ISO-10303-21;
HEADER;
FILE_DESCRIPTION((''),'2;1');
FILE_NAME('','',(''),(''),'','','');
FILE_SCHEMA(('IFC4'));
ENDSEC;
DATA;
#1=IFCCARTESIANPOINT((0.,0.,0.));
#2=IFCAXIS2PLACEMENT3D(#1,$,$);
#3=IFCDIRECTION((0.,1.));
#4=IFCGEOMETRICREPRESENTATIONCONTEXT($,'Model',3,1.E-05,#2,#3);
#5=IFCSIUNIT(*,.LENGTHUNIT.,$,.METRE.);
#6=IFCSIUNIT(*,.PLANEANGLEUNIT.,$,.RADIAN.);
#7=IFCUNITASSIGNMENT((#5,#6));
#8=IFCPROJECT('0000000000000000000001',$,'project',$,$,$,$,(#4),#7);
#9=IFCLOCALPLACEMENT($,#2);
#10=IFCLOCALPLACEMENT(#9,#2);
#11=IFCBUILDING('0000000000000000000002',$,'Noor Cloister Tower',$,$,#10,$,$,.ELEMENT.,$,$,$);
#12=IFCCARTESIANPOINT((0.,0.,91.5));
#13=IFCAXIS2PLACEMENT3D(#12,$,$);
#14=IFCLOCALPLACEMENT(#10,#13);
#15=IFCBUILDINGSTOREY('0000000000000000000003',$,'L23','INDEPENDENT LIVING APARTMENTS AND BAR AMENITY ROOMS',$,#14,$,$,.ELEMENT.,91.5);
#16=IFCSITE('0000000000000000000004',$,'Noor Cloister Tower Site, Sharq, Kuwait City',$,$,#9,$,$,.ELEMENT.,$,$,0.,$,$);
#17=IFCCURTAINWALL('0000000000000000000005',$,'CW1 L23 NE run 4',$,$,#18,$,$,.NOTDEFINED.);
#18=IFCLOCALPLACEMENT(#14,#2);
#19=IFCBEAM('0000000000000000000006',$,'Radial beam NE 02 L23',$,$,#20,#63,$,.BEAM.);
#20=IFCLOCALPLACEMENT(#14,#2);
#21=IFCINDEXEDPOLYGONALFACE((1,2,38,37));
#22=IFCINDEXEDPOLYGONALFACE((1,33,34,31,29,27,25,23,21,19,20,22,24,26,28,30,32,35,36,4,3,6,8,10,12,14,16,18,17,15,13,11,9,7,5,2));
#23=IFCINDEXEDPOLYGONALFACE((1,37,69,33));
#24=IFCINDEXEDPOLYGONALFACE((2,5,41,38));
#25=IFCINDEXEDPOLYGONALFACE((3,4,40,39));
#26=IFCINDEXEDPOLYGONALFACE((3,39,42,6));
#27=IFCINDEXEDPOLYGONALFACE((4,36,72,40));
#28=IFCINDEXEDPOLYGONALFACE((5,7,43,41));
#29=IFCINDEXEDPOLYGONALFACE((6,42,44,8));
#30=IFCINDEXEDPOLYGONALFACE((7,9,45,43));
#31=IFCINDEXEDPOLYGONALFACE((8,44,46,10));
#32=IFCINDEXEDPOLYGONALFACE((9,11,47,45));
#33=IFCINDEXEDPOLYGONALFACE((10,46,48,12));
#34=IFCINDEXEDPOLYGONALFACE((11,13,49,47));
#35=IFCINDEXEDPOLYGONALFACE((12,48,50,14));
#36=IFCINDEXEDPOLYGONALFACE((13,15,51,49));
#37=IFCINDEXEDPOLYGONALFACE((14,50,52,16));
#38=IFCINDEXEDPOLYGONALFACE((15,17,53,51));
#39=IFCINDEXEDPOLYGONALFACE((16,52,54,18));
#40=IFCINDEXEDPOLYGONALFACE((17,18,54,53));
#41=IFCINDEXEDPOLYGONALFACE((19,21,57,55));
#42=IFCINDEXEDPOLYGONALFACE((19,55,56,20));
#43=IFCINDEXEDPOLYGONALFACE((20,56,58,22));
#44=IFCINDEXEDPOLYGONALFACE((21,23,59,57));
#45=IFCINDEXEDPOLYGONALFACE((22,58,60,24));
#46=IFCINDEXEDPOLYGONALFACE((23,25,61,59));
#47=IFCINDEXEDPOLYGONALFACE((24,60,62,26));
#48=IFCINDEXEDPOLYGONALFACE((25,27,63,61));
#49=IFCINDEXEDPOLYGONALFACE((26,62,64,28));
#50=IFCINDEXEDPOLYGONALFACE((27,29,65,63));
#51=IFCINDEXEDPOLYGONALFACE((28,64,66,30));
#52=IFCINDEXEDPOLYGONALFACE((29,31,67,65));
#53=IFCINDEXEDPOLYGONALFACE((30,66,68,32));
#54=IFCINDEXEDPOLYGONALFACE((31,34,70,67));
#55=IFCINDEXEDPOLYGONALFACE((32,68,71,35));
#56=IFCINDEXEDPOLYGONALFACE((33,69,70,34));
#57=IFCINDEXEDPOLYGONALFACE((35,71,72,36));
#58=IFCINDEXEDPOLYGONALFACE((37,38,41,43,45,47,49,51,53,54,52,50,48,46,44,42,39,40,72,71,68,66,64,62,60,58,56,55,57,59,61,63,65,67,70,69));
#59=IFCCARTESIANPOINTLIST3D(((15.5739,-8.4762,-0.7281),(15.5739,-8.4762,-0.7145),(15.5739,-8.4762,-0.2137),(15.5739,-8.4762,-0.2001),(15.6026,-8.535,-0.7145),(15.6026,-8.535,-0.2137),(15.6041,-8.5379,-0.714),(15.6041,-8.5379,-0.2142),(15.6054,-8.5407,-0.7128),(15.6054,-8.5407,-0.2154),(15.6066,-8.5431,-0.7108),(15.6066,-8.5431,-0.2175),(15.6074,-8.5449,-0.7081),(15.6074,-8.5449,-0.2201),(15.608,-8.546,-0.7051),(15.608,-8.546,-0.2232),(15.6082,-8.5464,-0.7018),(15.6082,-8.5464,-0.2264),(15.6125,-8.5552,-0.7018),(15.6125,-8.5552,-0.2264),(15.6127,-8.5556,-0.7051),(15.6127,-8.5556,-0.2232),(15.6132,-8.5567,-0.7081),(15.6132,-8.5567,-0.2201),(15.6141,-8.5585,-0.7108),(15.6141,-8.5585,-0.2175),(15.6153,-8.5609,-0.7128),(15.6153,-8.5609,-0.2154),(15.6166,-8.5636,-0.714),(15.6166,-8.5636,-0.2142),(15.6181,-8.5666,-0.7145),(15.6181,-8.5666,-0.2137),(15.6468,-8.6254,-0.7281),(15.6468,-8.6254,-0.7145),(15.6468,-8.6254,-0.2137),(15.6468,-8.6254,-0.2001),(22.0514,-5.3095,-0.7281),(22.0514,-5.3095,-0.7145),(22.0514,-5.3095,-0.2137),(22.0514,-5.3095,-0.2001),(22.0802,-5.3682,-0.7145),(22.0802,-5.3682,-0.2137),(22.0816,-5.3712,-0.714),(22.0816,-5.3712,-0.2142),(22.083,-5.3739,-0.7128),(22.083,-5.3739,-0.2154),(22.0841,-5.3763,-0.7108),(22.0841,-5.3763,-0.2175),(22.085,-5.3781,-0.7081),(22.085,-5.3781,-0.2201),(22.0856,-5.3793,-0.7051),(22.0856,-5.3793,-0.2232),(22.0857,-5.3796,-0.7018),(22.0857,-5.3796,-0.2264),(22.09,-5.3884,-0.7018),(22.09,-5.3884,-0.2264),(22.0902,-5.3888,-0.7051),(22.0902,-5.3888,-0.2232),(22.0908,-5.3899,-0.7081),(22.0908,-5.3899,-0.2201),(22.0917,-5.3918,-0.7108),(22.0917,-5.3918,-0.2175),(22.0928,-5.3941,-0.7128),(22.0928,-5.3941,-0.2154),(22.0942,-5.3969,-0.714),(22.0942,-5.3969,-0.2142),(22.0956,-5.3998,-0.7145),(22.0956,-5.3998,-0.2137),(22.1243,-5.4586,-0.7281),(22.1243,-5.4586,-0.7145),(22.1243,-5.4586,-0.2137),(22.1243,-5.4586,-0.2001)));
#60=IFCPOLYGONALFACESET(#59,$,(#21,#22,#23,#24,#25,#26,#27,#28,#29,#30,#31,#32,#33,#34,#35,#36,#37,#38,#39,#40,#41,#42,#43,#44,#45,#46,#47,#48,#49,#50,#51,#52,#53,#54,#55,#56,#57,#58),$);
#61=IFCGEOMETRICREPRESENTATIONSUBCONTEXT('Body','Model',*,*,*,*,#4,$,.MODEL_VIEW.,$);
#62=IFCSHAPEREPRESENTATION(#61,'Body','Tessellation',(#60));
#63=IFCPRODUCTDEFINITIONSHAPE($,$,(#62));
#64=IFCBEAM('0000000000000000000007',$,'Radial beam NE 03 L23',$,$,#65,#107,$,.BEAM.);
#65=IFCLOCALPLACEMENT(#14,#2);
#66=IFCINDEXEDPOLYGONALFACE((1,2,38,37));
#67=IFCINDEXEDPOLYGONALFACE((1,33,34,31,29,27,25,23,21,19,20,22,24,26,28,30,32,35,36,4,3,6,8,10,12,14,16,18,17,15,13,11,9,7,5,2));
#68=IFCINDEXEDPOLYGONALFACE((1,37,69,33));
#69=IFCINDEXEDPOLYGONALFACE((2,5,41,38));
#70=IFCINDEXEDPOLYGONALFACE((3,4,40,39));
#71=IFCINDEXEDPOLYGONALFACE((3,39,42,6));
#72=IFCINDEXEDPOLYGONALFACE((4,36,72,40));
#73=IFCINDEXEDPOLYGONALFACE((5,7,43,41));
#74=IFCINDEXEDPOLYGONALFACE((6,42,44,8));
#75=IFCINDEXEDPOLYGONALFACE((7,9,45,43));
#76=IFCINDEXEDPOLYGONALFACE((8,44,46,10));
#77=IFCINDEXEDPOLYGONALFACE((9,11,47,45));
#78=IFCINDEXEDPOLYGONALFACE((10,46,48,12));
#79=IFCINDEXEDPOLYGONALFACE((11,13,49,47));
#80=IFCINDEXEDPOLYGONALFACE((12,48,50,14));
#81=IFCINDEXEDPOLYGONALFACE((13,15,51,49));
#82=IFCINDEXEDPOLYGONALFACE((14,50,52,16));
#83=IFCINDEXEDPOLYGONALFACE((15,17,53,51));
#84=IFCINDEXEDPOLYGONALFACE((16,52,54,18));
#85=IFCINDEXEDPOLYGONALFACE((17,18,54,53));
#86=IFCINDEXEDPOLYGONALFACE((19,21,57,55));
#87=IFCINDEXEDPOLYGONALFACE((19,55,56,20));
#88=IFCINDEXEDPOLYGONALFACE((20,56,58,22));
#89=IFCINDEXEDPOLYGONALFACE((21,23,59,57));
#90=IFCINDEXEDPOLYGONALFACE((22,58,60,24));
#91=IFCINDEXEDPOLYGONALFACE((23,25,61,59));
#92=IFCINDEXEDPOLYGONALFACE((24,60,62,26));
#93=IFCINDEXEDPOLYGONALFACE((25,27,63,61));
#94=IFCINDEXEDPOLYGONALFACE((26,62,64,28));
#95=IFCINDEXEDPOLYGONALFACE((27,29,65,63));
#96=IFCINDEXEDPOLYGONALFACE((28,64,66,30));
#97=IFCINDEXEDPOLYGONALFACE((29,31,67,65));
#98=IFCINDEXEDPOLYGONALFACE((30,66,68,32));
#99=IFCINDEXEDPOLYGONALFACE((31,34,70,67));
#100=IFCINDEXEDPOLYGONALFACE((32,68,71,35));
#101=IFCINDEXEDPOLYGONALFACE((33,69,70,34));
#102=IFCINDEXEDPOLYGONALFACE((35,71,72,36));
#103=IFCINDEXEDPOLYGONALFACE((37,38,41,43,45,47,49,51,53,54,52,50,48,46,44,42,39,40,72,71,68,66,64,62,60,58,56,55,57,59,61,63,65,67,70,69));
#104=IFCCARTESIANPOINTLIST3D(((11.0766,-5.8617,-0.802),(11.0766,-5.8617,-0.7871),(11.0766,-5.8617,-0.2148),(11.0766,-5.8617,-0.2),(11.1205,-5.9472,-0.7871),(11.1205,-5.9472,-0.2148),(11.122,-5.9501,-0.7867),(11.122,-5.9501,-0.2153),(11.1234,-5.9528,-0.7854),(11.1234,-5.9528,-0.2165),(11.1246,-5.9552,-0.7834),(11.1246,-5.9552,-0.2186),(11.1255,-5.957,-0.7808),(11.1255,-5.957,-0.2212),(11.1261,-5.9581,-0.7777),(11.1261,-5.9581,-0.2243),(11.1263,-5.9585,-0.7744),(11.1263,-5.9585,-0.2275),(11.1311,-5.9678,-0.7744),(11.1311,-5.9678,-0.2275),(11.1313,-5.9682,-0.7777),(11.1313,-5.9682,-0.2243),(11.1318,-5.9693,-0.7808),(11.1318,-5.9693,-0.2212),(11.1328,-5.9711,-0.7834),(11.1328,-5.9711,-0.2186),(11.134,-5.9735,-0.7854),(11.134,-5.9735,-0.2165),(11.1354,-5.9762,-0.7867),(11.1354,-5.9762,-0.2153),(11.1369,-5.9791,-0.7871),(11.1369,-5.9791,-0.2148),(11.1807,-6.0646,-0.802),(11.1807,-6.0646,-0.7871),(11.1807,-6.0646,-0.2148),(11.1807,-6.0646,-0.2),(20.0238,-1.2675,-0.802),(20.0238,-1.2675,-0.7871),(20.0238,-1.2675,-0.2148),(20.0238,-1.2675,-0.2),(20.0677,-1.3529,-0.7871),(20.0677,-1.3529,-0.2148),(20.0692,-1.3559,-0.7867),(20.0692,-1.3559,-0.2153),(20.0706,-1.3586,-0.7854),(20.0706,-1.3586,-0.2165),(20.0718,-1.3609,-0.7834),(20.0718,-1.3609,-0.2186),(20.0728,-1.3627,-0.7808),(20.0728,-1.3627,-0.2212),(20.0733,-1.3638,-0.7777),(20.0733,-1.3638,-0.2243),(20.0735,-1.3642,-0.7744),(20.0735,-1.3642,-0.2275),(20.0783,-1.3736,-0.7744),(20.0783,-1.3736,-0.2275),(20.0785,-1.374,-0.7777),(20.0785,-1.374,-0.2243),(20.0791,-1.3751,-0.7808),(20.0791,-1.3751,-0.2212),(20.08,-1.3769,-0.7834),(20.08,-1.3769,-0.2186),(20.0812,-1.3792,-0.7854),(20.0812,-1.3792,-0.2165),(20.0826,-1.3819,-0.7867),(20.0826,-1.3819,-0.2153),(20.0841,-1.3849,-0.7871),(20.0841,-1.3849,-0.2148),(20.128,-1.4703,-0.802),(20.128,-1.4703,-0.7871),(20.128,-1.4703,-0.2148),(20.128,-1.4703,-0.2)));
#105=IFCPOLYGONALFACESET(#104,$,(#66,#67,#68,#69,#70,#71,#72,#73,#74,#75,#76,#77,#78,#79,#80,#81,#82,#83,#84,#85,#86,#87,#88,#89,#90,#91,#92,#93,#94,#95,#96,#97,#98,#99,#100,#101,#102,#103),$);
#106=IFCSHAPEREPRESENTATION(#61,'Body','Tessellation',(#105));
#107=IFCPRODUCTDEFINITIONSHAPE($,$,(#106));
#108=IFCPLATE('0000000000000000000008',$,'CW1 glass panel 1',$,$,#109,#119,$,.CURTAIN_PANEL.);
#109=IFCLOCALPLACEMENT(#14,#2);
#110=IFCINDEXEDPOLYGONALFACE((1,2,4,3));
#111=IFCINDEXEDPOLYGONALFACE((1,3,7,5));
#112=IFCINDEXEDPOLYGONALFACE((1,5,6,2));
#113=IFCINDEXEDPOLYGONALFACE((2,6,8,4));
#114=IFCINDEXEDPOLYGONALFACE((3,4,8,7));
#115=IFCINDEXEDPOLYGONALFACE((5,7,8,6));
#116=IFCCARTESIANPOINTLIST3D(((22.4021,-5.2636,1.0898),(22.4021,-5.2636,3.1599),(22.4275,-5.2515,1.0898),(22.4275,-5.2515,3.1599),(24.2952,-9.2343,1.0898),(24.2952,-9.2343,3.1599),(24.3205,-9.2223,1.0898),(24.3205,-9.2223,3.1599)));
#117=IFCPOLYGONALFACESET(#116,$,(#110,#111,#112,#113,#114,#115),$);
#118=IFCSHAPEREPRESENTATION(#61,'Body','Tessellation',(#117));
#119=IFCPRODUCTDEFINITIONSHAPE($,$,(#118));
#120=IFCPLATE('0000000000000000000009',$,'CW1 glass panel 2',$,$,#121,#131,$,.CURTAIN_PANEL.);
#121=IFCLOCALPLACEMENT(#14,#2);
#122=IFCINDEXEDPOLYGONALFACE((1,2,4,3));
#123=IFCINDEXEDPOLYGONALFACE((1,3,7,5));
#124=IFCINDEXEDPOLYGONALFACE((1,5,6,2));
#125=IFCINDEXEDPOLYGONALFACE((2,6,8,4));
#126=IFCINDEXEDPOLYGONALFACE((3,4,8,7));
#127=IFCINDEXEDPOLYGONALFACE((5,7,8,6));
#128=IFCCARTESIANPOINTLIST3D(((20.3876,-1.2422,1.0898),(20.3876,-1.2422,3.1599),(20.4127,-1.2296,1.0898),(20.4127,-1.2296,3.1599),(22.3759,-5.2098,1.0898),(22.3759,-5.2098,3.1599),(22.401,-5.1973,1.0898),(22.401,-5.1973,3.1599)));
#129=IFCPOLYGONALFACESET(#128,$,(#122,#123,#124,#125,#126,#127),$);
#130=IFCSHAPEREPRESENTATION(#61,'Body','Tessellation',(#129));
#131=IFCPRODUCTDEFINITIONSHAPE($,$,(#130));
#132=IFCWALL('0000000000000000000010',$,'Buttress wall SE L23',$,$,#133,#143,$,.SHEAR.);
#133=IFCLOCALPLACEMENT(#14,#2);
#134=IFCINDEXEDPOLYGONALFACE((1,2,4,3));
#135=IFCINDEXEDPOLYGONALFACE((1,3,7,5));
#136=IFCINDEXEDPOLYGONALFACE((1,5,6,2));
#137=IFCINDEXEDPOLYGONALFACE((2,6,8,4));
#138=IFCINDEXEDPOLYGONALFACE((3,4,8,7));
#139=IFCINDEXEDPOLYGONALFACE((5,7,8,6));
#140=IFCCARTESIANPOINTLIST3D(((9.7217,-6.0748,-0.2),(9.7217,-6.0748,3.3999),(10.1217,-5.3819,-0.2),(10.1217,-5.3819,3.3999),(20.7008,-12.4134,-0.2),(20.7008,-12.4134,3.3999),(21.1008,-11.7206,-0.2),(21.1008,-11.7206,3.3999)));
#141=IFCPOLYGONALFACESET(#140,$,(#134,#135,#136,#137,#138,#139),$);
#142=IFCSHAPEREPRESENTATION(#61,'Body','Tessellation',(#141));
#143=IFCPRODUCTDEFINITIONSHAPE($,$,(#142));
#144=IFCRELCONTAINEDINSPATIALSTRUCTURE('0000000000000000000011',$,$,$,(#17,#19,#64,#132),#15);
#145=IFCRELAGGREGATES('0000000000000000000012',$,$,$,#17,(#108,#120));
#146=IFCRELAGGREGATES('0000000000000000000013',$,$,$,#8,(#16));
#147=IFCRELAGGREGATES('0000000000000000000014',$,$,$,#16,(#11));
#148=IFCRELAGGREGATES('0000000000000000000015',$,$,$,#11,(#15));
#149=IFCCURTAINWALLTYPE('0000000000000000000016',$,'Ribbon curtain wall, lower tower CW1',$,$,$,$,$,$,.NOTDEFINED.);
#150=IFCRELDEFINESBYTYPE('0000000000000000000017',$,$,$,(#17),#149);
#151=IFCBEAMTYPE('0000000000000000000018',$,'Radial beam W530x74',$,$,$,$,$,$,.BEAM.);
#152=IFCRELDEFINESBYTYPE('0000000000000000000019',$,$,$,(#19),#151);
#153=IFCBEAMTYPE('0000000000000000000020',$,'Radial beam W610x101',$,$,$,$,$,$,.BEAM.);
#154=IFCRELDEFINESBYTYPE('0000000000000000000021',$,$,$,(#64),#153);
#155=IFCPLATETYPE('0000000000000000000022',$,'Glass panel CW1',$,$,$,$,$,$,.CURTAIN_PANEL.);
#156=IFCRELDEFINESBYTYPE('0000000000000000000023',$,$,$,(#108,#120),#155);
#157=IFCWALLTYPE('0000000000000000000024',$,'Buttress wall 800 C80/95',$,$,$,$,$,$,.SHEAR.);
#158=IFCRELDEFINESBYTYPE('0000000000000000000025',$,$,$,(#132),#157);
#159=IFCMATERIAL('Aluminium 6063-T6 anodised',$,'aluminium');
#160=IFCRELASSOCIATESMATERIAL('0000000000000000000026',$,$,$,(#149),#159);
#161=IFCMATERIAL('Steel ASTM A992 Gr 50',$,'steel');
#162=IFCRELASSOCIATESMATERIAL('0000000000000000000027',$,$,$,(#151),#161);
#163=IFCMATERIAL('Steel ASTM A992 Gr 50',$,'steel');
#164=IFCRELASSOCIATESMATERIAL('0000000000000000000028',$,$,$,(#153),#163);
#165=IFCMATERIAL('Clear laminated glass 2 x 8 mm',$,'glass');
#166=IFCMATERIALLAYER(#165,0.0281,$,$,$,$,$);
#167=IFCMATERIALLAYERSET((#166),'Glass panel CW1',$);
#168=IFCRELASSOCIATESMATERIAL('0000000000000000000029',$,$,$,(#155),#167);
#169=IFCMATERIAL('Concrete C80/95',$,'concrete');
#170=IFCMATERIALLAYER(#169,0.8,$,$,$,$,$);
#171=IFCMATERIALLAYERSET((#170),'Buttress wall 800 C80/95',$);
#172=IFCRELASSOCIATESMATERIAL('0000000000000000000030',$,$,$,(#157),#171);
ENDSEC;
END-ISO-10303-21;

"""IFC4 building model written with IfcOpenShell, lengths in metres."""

from ifc_helpers import new_model, si_unit, direction, frame, frame_2d, origin, origin_2d, place, context, subcontext, project, spatial, rectangle, i_section, extrude, material, layer, layer_set, material_profile, profile_set, type_object, element, aggregate, save


model = new_model("IFC4")

# Units and contexts
model_context = context("Model", 3, precision=1e-05, world=origin(), true_north=direction((0.0, 1.0)))
body_context = subcontext(model_context, "Body", "Model", "MODEL_VIEW")
ifc_project = project(units=[si_unit("LENGTHUNIT", "METRE"), si_unit("PLANEANGLEUNIT", "RADIAN")], contexts=[model_context])

# Site, building, storey
site_placement = place(None, origin())
site = spatial("IfcSite", under=ifc_project, at=site_placement, Name="Noor Cloister Tower Site, Sharq, Kuwait City", CompositionType="ELEMENT", RefElevation=0.0)
building_placement = place(site_placement, origin())
building = spatial("IfcBuilding", under=site, at=building_placement, Name="Noor Cloister Tower", CompositionType="ELEMENT")
storey_placement = place(building_placement, frame((0.0, 0.0, 91.5)))
storey = spatial("IfcBuildingStorey", under=building, at=storey_placement, Name="L23", Description="INDEPENDENT LIVING APARTMENTS AND BAR AMENITY ROOMS", CompositionType="ELEMENT", Elevation=91.5)

# Curtain wall
ifc_material_1 = material(Name="Aluminium 6063-T6 anodised", Category="aluminium")
curtain_wall_type = type_object("IfcCurtainWallType", Name="Ribbon curtain wall, lower tower CW1", PredefinedType="NOTDEFINED", material=ifc_material_1)
curtain_wall_placement = place(storey_placement, origin())
curtain_wall = element("IfcCurtainWall", 1, at=curtain_wall_placement, inside=storey, type_object=curtain_wall_type, Name="CW1 L23 NE run 4", PredefinedType="NOTDEFINED")

# Beams
ifc_material_2 = material(Name="Steel ASTM A992 Gr 50", Category="steel")
ifc_material_profile_1 = material_profile(ifc_material_2, i_section(OverallWidth=0.166, OverallDepth=0.5281, WebThickness=0.0098, FlangeThickness=0.0137, FilletRadius=0.0127, at=origin_2d()), Name="W530x74")
ifc_profile_set_1 = profile_set([ifc_material_profile_1], Name="Steel ASTM A992 Gr 50")
beam_type_1 = type_object("IfcBeamType", Name="Radial beam W530x74", PredefinedType="BEAM", material=ifc_profile_set_1)
beam_1_placement = place(storey_placement, frame((22.0879, -5.384, -0.4641), z_axis=(-0.898387, -0.439205, 0.0), x_axis=(0.439205, -0.898387, 0.0)))
element("IfcBeam", 2, at=beam_1_placement, inside=storey, type_object=beam_type_1, Name="Radial beam NE 02 L23", PredefinedType="BEAM", context=body_context, shape_type="SweptSolid", body=[
    extrude(i_section(OverallWidth=0.166, OverallDepth=0.5281, WebThickness=0.0098, FlangeThickness=0.0137, FilletRadius=0.0127, at=origin_2d()), origin(), (0.0, 0.0, 1.0), 7.2102),
])
ifc_material_3 = material(Name="Steel ASTM A992 Gr 50", Category="steel")
ifc_material_profile_2 = material_profile(ifc_material_3, i_section(OverallWidth=0.228, OverallDepth=0.6021, WebThickness=0.0105, FlangeThickness=0.0149, FilletRadius=0.0127, at=origin_2d()), Name="W610x101")
ifc_profile_set_2 = profile_set([ifc_material_profile_2], Name="Steel ASTM A992 Gr 50")
beam_type_2 = type_object("IfcBeamType", Name="Radial beam W610x101", PredefinedType="BEAM", material=ifc_profile_set_2)
beam_2_placement = place(storey_placement, frame((20.0759, -1.3689, -0.501), z_axis=(-0.889579, -0.456781, 0.0), x_axis=(0.456781, -0.889579, 0.0)))
element("IfcBeam", 3, at=beam_2_placement, inside=storey, type_object=beam_type_2, Name="Radial beam NE 03 L23", PredefinedType="BEAM", context=body_context, shape_type="SweptSolid", body=[
    extrude(i_section(OverallWidth=0.228, OverallDepth=0.6021, WebThickness=0.0105, FlangeThickness=0.0149, FilletRadius=0.0127, at=origin_2d()), origin(), (0.0, 0.0, 1.0), 10.0579),
])

# Plates
ifc_material_4 = material(Name="Clear laminated glass 2 x 8 mm", Category="glass")
ifc_layer_1 = layer(ifc_material_4, 0.0281)
ifc_layer_set_1 = layer_set([ifc_layer_1], Name="Glass panel CW1")
plate_type = type_object("IfcPlateType", Name="Glass panel CW1", PredefinedType="CURTAIN_PANEL", material=ifc_layer_set_1)
plate_1_placement = place(storey_placement, frame((23.3613, -7.2429, 1.0898), z_axis=(0.0, 0.0, 1.0), x_axis=(-0.430337, 0.902668, 0.0)))
plate_1 = element("IfcPlate", 4, at=plate_1_placement, type_object=plate_type, Name="CW1 glass panel 1", PredefinedType="CURTAIN_PANEL", context=body_context, shape_type="SweptSolid", body=[
    extrude(rectangle(XDim=4.3989, YDim=0.0281, at=origin_2d()), origin(), (0.0, 0.0, 1.0), 2.0701),
])
plate_2_placement = place(storey_placement, frame((21.3943, -3.2197, 1.0898), z_axis=(0.0, 0.0, 1.0), x_axis=(-0.44802, 0.894024, 0.0)))
plate_2 = element("IfcPlate", 5, at=plate_2_placement, type_object=plate_type, Name="CW1 glass panel 2", PredefinedType="CURTAIN_PANEL", context=body_context, shape_type="SweptSolid", body=[
    extrude(rectangle(XDim=4.438, YDim=0.0281, at=origin_2d()), origin(), (0.0, 0.0, 1.0), 2.0701),
])
aggregate(curtain_wall, [plate_1, plate_2])

# Wall
ifc_material_5 = material(Name="Concrete C80/95", Category="concrete")
ifc_layer_2 = layer(ifc_material_5, 0.8)
ifc_layer_set_2 = layer_set([ifc_layer_2], Name="Buttress wall 800 C80/95")
wall_type_1 = type_object("IfcWallType", Name="Buttress wall 800 C80/95", PredefinedType="SHEAR", material=ifc_layer_set_2)
wall_1_placement = place(storey_placement, frame((9.9216, -5.7283, -0.2), z_axis=(0.0, 0.0, 1.0), x_axis=(0.866029, -0.499994, 0.0)))
element("IfcWall", 6, at=wall_1_placement, inside=storey, type_object=wall_type_1, Name="Buttress wall SE L23", PredefinedType="SHEAR", context=body_context, shape_type="SweptSolid", body=[
    extrude(rectangle(XDim=12.6775, YDim=0.8, at=frame_2d((6.3389, 0.0))), origin(), (0.0, 0.0, 1.0), 3.5999),
])

save(model, "model.ifc")
